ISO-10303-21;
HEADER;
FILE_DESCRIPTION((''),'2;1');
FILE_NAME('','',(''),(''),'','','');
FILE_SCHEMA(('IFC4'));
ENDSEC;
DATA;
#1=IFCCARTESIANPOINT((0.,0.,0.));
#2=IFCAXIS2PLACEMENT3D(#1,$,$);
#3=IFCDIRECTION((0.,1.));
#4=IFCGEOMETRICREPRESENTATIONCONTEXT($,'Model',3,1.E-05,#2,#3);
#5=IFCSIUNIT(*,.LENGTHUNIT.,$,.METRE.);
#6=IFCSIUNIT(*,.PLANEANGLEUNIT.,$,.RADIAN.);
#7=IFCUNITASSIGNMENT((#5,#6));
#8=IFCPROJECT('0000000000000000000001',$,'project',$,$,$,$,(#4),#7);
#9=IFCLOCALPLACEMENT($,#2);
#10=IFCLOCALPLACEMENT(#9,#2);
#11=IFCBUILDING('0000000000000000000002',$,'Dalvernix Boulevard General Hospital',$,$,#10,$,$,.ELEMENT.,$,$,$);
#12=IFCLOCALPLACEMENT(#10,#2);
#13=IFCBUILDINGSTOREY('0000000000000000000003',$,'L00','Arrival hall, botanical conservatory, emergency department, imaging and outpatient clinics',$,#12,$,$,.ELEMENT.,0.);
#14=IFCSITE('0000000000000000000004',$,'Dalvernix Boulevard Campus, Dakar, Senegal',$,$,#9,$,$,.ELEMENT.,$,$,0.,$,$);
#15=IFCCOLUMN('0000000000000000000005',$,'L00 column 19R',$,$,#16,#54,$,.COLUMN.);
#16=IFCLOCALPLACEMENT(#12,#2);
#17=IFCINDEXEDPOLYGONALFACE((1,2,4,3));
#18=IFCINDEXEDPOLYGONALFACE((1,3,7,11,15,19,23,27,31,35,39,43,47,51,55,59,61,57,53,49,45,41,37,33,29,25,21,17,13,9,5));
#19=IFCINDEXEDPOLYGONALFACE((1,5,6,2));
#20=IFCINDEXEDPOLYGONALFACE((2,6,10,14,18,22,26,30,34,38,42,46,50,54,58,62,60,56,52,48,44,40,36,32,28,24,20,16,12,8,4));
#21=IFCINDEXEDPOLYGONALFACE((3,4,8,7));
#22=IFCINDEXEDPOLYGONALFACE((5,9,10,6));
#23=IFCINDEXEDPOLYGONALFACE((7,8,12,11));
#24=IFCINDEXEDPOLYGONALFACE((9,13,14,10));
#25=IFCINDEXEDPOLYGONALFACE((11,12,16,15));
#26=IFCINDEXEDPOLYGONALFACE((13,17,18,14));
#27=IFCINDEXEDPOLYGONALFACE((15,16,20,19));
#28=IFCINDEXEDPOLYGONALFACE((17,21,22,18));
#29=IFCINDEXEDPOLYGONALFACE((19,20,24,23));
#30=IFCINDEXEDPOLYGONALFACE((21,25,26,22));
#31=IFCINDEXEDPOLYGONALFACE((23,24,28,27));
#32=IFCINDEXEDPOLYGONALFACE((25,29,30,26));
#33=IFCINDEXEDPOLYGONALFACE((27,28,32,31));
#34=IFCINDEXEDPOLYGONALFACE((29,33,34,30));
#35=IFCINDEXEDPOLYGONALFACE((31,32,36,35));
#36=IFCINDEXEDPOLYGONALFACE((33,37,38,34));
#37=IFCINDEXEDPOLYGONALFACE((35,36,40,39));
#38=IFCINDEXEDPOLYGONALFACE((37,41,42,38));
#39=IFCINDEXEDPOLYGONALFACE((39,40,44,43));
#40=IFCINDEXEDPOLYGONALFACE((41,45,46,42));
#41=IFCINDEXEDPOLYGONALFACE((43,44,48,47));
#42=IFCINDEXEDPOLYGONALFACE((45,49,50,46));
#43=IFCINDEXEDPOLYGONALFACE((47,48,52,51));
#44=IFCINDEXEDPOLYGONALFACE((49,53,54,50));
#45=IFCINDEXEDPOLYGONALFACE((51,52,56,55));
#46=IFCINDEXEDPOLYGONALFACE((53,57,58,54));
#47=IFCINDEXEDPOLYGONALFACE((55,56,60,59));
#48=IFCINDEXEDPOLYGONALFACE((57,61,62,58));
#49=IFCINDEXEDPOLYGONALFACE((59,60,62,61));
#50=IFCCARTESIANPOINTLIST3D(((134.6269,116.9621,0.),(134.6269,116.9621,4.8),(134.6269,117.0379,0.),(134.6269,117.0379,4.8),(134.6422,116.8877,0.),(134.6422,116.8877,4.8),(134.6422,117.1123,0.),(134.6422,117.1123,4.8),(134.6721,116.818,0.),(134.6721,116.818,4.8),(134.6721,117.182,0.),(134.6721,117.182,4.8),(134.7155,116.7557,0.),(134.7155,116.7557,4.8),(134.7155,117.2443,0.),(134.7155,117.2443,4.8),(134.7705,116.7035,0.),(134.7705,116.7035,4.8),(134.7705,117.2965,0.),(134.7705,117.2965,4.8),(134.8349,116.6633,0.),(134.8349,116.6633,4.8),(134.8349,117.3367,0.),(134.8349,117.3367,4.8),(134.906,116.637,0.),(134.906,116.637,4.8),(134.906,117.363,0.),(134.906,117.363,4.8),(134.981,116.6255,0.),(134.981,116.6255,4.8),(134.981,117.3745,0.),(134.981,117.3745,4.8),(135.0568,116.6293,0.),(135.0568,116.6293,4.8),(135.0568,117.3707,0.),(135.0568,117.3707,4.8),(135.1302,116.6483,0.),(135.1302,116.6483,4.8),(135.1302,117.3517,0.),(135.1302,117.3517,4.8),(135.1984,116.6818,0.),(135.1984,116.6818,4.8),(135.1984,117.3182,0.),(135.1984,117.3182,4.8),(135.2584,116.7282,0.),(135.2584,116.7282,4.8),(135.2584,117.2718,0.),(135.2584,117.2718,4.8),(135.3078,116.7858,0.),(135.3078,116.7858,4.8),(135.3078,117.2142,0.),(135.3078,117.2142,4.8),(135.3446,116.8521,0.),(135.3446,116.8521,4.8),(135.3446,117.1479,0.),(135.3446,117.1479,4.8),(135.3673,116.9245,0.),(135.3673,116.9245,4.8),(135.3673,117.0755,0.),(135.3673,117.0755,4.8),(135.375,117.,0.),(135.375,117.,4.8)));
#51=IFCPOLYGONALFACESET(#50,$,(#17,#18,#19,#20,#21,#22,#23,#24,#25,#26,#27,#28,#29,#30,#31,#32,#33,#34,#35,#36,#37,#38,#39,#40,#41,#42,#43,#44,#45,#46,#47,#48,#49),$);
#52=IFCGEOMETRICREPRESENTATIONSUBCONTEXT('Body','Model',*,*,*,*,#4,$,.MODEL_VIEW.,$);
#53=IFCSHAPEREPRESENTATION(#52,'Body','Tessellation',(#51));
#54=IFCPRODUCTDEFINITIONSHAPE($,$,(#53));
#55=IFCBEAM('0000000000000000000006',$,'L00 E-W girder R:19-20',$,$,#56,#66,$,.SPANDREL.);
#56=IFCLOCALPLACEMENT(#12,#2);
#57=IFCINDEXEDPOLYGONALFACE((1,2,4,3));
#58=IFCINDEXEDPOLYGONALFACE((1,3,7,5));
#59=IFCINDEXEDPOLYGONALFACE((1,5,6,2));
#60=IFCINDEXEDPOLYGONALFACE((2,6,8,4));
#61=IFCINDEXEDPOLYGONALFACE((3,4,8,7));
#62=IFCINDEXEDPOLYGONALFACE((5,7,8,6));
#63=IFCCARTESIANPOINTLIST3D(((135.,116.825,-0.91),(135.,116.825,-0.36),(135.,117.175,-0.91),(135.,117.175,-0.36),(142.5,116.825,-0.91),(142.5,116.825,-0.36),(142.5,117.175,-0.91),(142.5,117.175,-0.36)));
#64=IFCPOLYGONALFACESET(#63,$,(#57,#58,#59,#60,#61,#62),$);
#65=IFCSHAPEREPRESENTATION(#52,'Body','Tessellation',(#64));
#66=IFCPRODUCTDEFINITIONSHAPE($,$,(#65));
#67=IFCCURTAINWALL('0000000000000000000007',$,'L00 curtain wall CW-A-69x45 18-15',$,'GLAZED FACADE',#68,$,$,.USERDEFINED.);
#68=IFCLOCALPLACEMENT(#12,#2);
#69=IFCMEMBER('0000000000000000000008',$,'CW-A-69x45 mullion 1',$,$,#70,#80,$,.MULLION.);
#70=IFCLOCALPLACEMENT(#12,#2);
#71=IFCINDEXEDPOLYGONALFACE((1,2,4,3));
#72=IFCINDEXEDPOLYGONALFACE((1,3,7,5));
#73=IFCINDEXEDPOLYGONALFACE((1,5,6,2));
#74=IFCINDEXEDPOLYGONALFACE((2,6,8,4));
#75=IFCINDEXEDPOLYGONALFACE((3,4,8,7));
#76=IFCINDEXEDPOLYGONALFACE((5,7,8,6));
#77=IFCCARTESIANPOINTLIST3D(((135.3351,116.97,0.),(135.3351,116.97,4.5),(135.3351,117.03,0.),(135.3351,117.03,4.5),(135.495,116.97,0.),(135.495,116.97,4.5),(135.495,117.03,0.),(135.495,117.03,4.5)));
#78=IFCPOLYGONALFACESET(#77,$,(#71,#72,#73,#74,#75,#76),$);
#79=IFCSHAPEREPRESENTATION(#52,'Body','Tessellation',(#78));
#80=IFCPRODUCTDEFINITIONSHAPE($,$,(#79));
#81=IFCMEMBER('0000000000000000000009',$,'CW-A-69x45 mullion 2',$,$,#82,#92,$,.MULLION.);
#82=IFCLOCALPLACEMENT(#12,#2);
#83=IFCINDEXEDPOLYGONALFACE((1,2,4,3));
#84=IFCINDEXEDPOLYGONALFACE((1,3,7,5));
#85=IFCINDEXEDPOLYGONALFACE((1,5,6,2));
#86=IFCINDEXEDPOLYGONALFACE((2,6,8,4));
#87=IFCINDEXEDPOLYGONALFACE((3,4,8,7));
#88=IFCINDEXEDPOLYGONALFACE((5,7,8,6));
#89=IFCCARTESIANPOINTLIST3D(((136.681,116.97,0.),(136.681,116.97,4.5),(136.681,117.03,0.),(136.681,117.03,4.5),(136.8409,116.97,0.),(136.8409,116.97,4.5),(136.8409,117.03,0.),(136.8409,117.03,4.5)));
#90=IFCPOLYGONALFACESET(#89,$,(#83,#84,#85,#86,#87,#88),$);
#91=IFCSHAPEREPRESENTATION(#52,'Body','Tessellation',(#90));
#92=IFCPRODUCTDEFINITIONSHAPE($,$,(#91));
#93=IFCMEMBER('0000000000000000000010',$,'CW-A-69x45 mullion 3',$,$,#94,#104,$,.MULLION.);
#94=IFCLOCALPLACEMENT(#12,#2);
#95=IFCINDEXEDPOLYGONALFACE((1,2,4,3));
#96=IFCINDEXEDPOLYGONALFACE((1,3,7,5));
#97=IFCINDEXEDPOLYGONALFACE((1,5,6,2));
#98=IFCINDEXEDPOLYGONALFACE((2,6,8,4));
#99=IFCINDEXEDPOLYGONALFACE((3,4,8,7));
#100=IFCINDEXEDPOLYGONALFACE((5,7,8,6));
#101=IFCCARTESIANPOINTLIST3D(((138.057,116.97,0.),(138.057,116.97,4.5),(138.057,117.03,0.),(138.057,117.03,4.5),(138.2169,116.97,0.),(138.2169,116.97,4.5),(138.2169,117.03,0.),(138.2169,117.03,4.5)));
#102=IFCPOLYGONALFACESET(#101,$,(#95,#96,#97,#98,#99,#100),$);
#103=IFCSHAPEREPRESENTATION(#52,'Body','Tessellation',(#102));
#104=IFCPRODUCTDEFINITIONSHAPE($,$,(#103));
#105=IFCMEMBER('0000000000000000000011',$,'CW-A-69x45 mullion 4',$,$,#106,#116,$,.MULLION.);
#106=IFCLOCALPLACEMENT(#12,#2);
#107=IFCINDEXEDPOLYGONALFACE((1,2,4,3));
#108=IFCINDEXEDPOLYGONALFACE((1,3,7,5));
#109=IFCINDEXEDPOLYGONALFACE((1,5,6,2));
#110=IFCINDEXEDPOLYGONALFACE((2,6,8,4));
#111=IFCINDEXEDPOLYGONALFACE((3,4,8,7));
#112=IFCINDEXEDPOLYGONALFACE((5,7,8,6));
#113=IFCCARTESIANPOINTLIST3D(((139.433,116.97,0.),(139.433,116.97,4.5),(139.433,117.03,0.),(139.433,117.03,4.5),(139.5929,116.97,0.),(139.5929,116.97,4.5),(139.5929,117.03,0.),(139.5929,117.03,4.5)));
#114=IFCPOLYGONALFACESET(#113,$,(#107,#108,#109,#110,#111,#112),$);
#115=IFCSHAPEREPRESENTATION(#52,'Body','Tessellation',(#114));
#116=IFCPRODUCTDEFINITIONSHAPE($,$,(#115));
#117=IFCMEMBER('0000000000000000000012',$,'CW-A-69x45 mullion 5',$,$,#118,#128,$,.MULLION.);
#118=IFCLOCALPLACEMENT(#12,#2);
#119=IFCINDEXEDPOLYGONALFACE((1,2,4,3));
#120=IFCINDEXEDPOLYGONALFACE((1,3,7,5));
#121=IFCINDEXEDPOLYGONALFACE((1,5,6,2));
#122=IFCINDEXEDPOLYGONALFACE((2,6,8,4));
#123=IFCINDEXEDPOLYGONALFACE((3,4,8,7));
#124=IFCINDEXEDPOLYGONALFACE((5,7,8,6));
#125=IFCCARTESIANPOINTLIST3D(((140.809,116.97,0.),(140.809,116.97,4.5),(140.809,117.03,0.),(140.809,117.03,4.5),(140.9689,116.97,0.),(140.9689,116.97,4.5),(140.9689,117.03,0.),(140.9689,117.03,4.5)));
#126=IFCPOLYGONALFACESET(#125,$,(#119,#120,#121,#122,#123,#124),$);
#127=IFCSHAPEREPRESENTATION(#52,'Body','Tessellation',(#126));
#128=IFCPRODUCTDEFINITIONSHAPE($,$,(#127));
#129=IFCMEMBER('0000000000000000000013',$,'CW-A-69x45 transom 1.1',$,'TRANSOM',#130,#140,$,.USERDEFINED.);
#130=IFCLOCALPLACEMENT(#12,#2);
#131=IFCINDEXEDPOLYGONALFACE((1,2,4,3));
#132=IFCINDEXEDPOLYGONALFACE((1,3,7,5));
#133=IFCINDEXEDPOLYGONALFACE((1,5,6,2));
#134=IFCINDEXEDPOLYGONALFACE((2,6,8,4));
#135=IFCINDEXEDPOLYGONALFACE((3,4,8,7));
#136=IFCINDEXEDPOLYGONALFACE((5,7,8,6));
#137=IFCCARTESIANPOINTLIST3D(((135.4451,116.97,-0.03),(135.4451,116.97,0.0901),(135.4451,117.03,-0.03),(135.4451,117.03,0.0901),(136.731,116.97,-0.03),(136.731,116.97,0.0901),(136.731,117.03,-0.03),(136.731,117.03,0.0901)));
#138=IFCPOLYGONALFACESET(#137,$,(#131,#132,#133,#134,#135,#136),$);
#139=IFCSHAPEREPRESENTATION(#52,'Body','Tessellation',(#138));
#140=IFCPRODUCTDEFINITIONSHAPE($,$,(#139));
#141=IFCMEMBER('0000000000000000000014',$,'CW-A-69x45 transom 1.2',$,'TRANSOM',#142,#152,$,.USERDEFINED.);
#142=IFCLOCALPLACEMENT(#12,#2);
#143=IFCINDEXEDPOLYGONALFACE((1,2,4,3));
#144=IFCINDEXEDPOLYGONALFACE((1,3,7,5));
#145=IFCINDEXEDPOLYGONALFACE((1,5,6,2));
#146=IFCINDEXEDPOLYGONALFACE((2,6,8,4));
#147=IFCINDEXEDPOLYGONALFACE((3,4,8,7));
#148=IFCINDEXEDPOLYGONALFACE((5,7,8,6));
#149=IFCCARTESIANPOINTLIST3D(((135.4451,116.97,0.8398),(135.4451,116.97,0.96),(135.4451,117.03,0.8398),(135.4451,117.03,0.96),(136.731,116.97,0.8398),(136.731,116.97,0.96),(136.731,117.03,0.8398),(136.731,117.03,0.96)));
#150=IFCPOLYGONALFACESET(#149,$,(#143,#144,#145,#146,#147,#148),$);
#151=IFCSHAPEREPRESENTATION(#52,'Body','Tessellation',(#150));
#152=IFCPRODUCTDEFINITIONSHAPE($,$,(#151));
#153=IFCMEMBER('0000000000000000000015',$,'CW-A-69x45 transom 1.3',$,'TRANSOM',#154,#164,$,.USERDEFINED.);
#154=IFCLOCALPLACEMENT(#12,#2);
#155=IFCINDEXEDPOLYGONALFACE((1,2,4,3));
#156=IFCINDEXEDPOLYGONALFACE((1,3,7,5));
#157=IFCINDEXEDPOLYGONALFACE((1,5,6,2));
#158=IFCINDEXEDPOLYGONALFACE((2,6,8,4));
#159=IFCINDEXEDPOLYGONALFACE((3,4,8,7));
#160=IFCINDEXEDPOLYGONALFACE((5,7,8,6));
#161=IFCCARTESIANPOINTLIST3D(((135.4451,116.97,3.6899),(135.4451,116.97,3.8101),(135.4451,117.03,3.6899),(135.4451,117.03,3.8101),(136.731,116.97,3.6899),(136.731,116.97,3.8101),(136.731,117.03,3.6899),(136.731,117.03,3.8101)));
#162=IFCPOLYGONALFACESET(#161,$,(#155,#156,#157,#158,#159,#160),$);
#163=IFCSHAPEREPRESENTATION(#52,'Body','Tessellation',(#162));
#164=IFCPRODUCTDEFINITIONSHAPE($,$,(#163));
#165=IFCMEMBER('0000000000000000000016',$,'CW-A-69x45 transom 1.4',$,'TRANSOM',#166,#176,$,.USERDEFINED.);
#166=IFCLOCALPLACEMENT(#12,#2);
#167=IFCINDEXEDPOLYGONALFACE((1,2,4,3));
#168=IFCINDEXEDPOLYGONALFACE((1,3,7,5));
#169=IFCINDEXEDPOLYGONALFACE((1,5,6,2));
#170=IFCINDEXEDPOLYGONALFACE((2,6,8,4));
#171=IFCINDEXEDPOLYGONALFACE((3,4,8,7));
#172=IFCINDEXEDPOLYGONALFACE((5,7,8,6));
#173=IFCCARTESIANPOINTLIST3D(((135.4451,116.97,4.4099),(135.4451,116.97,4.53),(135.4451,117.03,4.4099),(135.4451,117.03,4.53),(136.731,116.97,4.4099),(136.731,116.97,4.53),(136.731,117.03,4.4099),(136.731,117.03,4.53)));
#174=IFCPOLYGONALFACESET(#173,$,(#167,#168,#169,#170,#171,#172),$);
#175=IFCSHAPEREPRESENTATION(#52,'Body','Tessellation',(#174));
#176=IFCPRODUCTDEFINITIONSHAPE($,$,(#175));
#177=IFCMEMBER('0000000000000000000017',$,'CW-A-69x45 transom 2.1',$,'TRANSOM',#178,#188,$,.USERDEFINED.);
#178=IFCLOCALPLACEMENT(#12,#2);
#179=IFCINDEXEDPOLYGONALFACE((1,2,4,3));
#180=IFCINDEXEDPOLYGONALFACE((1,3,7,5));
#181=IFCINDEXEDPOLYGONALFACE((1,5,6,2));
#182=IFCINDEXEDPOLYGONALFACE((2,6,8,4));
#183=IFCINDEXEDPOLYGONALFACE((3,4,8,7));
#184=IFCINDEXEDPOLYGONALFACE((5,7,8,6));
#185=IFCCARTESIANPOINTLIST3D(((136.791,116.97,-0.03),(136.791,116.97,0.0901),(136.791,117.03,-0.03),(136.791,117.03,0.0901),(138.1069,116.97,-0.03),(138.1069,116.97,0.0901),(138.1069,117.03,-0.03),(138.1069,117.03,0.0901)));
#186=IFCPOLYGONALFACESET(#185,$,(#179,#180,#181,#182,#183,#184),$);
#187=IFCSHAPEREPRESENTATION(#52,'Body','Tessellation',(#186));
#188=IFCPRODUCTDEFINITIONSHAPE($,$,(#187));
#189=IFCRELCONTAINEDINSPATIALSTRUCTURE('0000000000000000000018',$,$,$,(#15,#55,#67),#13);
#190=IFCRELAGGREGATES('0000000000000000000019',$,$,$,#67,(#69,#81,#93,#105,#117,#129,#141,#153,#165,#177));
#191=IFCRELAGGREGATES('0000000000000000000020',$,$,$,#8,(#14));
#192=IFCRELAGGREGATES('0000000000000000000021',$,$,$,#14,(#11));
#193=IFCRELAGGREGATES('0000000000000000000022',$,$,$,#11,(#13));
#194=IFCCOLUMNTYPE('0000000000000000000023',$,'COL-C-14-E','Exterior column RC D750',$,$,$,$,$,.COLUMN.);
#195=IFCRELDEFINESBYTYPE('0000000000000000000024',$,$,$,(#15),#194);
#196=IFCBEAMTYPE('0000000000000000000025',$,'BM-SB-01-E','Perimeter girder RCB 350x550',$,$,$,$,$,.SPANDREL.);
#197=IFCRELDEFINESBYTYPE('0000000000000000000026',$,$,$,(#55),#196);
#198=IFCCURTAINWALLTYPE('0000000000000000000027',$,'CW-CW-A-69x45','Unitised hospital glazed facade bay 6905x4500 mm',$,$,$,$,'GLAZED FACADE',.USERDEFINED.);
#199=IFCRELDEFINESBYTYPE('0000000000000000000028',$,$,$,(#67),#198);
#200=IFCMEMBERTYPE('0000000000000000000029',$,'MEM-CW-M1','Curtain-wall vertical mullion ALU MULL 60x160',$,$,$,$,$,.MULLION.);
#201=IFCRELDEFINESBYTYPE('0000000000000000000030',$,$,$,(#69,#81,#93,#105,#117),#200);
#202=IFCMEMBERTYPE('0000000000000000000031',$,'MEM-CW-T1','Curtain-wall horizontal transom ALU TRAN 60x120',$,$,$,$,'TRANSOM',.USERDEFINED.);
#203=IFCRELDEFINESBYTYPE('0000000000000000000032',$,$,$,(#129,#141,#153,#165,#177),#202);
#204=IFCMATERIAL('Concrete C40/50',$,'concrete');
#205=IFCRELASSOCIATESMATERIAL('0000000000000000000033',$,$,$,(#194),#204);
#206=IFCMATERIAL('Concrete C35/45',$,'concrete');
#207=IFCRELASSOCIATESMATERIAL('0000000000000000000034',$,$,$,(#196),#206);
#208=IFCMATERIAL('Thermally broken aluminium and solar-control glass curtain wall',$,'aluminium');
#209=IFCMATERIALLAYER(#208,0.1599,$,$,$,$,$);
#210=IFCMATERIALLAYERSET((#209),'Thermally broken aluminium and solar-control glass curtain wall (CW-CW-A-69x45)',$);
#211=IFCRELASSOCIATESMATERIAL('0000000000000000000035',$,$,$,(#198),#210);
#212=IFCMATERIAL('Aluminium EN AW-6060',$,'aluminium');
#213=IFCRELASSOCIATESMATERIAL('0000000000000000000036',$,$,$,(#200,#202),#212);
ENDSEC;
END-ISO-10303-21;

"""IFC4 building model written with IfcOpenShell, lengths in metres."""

from ifc_helpers import new_model, si_unit, direction, frame, origin, origin_2d, place, context, subcontext, project, spatial, rectangle, circle, extrude, material, layer, layer_set, material_profile, profile_set, type_object, element, aggregate, save


model = new_model("IFC4")

# Units and contexts
model_context = context("Model", 3, precision=1e-05, world=origin(), true_north=direction((0.0, 1.0)))
body_context = subcontext(model_context, "Body", "Model", "MODEL_VIEW")
ifc_project = project(units=[si_unit("LENGTHUNIT", "METRE"), si_unit("PLANEANGLEUNIT", "RADIAN")], contexts=[model_context])

# Site, building, storey
site_placement = place(None, origin())
site = spatial("IfcSite", under=ifc_project, at=site_placement, Name="Dalvernix Boulevard Campus, Dakar, Senegal", CompositionType="ELEMENT", RefElevation=0.0)
building_placement = place(site_placement, origin())
building = spatial("IfcBuilding", under=site, at=building_placement, Name="Dalvernix Boulevard General Hospital", CompositionType="ELEMENT")
storey_placement = place(building_placement, origin())
storey = spatial("IfcBuildingStorey", under=building, at=storey_placement, Name="L00", Description="Arrival hall, botanical conservatory, emergency department, imaging and outpatient clinics", CompositionType="ELEMENT", Elevation=0.0)

# Column
ifc_material_1 = material(Name="Concrete C40/50", Category="concrete")
ifc_material_profile_1 = material_profile(ifc_material_1, circle(Radius=0.375, at=origin_2d()), Name="RC D750")
ifc_profile_set_1 = profile_set([ifc_material_profile_1], Name="Concrete C40/50")
column_type = type_object("IfcColumnType", Name="COL-C-14-E", Description="Exterior column RC D750", PredefinedType="COLUMN", material=ifc_profile_set_1)
column_placement = place(storey_placement, frame((135.0, 117.0, 0.0), z_axis=(0.0, 0.0, 1.0), x_axis=(1.0, 0.0, 0.0)))
element("IfcColumn", 1, at=column_placement, inside=storey, type_object=column_type, Name="L00 column 19R", PredefinedType="COLUMN", context=body_context, shape_type="SweptSolid", body=[
    extrude(circle(Radius=0.375, at=origin_2d()), origin(), (0.0, 0.0, 1.0), 4.8),
])

# Beam
ifc_material_2 = material(Name="Concrete C35/45", Category="concrete")
ifc_material_profile_2 = material_profile(ifc_material_2, rectangle(XDim=0.3501, YDim=0.55, at=origin_2d()), Name="RCB 350x550")
ifc_profile_set_2 = profile_set([ifc_material_profile_2], Name="Concrete C35/45")
beam_type = type_object("IfcBeamType", Name="BM-SB-01-E", Description="Perimeter girder RCB 350x550", PredefinedType="SPANDREL", material=ifc_profile_set_2)
beam_placement = place(storey_placement, frame((135.0, 117.0, -0.635), z_axis=(1.0, 0.0, 0.0), x_axis=(0.0, 1.0, 0.0)))
element("IfcBeam", 2, at=beam_placement, inside=storey, type_object=beam_type, Name="L00 E-W girder R:19-20", PredefinedType="SPANDREL", context=body_context, shape_type="SweptSolid", body=[
    extrude(rectangle(XDim=0.3501, YDim=0.55, at=origin_2d()), origin(), (0.0, 0.0, 1.0), 7.5),
])

# Curtain wall, members
ifc_material_3 = material(Name="Thermally broken aluminium and solar-control glass curtain wall", Category="aluminium")
ifc_layer_1 = layer(ifc_material_3, 0.1599)
ifc_layer_set_1 = layer_set([ifc_layer_1], Name="Thermally broken aluminium and solar-control glass curtain wall (CW-CW-A-69x45)")
curtain_wall_type = type_object("IfcCurtainWallType", Name="CW-CW-A-69x45", Description="Unitised hospital glazed facade bay 6905x4500 mm", ElementType="GLAZED FACADE", PredefinedType="USERDEFINED", material=ifc_layer_set_1)
curtain_wall_placement = place(storey_placement, origin())
curtain_wall = element("IfcCurtainWall", 3, at=curtain_wall_placement, inside=storey, type_object=curtain_wall_type, Name="L00 curtain wall CW-A-69x45 18-15", ObjectType="GLAZED FACADE", PredefinedType="USERDEFINED")
ifc_material_4 = material(Name="Aluminium EN AW-6060", Category="aluminium")
ifc_material_profile_3 = material_profile(ifc_material_4, rectangle(XDim=0.0601, YDim=0.1599, at=origin_2d()), Name="ALU MULL 60x160")
ifc_profile_set_3 = profile_set([ifc_material_profile_3], Name="Aluminium EN AW-6060")
member_type_1 = type_object("IfcMemberType", Name="MEM-CW-M1", Description="Curtain-wall vertical mullion ALU MULL 60x160", PredefinedType="MULLION", material=ifc_profile_set_3)
member_1_placement = place(storey_placement, frame((135.415, 117.0, 0.0), z_axis=(0.0, 0.0, 1.0), x_axis=(0.0, 1.0, 0.0)))
member_1 = element("IfcMember", 4, at=member_1_placement, type_object=member_type_1, Name="CW-A-69x45 mullion 1", PredefinedType="MULLION", context=body_context, shape_type="SweptSolid", body=[
    extrude(rectangle(XDim=0.0601, YDim=0.1599, at=origin_2d()), origin(), (0.0, 0.0, 1.0), 4.5),
])
member_2_placement = place(storey_placement, frame((136.761, 117.0, 0.0), z_axis=(0.0, 0.0, 1.0), x_axis=(0.0, 1.0, 0.0)))
member_2 = element("IfcMember", 5, at=member_2_placement, type_object=member_type_1, Name="CW-A-69x45 mullion 2", PredefinedType="MULLION", context=body_context, shape_type="SweptSolid", body=[
    extrude(rectangle(XDim=0.0601, YDim=0.1599, at=origin_2d()), origin(), (0.0, 0.0, 1.0), 4.5),
])
member_3_placement = place(storey_placement, frame((138.137, 117.0, 0.0), z_axis=(0.0, 0.0, 1.0), x_axis=(0.0, 1.0, 0.0)))
member_3 = element("IfcMember", 6, at=member_3_placement, type_object=member_type_1, Name="CW-A-69x45 mullion 3", PredefinedType="MULLION", context=body_context, shape_type="SweptSolid", body=[
    extrude(rectangle(XDim=0.0601, YDim=0.1599, at=origin_2d()), origin(), (0.0, 0.0, 1.0), 4.5),
])
member_4_placement = place(storey_placement, frame((139.5129, 117.0, 0.0), z_axis=(0.0, 0.0, 1.0), x_axis=(0.0, 1.0, 0.0)))
member_4 = element("IfcMember", 7, at=member_4_placement, type_object=member_type_1, Name="CW-A-69x45 mullion 4", PredefinedType="MULLION", context=body_context, shape_type="SweptSolid", body=[
    extrude(rectangle(XDim=0.0601, YDim=0.1599, at=origin_2d()), origin(), (0.0, 0.0, 1.0), 4.5),
])
member_5_placement = place(storey_placement, frame((140.8889, 117.0, 0.0), z_axis=(0.0, 0.0, 1.0), x_axis=(0.0, 1.0, 0.0)))
member_5 = element("IfcMember", 8, at=member_5_placement, type_object=member_type_1, Name="CW-A-69x45 mullion 5", PredefinedType="MULLION", context=body_context, shape_type="SweptSolid", body=[
    extrude(rectangle(XDim=0.0601, YDim=0.1599, at=origin_2d()), origin(), (0.0, 0.0, 1.0), 4.5),
])
ifc_material_profile_4 = material_profile(ifc_material_4, rectangle(XDim=0.0601, YDim=0.1201, at=origin_2d()), Name="ALU TRAN 60x120")
ifc_profile_set_4 = profile_set([ifc_material_profile_4], Name="Aluminium EN AW-6060")
member_type_2 = type_object("IfcMemberType", Name="MEM-CW-T1", Description="Curtain-wall horizontal transom ALU TRAN 60x120", ElementType="TRANSOM", PredefinedType="USERDEFINED", material=ifc_profile_set_4)
member_6_placement = place(storey_placement, frame((135.4451, 117.0, 0.03), z_axis=(1.0, 0.0, 0.0), x_axis=(0.0, 1.0, 0.0)))
member_6 = element("IfcMember", 9, at=member_6_placement, type_object=member_type_2, Name="CW-A-69x45 transom 1.1", ObjectType="TRANSOM", PredefinedType="USERDEFINED", context=body_context, shape_type="SweptSolid", body=[
    extrude(rectangle(XDim=0.0601, YDim=0.1201, at=origin_2d()), origin(), (0.0, 0.0, 1.0), 1.2859),
])
member_7_placement = place(storey_placement, frame((135.4451, 117.0, 0.8999), z_axis=(1.0, 0.0, 0.0), x_axis=(0.0, 1.0, 0.0)))
member_7 = element("IfcMember", 10, at=member_7_placement, type_object=member_type_2, Name="CW-A-69x45 transom 1.2", ObjectType="TRANSOM", PredefinedType="USERDEFINED", context=body_context, shape_type="SweptSolid", body=[
    extrude(rectangle(XDim=0.0601, YDim=0.1201, at=origin_2d()), origin(), (0.0, 0.0, 1.0), 1.2859),
])
member_8_placement = place(storey_placement, frame((135.4451, 117.0, 3.75), z_axis=(1.0, 0.0, 0.0), x_axis=(0.0, 1.0, 0.0)))
member_8 = element("IfcMember", 11, at=member_8_placement, type_object=member_type_2, Name="CW-A-69x45 transom 1.3", ObjectType="TRANSOM", PredefinedType="USERDEFINED", context=body_context, shape_type="SweptSolid", body=[
    extrude(rectangle(XDim=0.0601, YDim=0.1201, at=origin_2d()), origin(), (0.0, 0.0, 1.0), 1.2859),
])
member_9_placement = place(storey_placement, frame((135.4451, 117.0, 4.47), z_axis=(1.0, 0.0, 0.0), x_axis=(0.0, 1.0, 0.0)))
member_9 = element("IfcMember", 12, at=member_9_placement, type_object=member_type_2, Name="CW-A-69x45 transom 1.4", ObjectType="TRANSOM", PredefinedType="USERDEFINED", context=body_context, shape_type="SweptSolid", body=[
    extrude(rectangle(XDim=0.0601, YDim=0.1201, at=origin_2d()), origin(), (0.0, 0.0, 1.0), 1.2859),
])
member_10_placement = place(storey_placement, frame((136.791, 117.0, 0.03), z_axis=(1.0, 0.0, 0.0), x_axis=(0.0, 1.0, 0.0)))
member_10 = element("IfcMember", 13, at=member_10_placement, type_object=member_type_2, Name="CW-A-69x45 transom 2.1", ObjectType="TRANSOM", PredefinedType="USERDEFINED", context=body_context, shape_type="SweptSolid", body=[
    extrude(rectangle(XDim=0.0601, YDim=0.1201, at=origin_2d()), origin(), (0.0, 0.0, 1.0), 1.3159),
])
aggregate(curtain_wall, [member_1, member_2, member_3, member_4, member_5, member_6, member_7, member_8, member_9, member_10])

save(model, "model.ifc")
